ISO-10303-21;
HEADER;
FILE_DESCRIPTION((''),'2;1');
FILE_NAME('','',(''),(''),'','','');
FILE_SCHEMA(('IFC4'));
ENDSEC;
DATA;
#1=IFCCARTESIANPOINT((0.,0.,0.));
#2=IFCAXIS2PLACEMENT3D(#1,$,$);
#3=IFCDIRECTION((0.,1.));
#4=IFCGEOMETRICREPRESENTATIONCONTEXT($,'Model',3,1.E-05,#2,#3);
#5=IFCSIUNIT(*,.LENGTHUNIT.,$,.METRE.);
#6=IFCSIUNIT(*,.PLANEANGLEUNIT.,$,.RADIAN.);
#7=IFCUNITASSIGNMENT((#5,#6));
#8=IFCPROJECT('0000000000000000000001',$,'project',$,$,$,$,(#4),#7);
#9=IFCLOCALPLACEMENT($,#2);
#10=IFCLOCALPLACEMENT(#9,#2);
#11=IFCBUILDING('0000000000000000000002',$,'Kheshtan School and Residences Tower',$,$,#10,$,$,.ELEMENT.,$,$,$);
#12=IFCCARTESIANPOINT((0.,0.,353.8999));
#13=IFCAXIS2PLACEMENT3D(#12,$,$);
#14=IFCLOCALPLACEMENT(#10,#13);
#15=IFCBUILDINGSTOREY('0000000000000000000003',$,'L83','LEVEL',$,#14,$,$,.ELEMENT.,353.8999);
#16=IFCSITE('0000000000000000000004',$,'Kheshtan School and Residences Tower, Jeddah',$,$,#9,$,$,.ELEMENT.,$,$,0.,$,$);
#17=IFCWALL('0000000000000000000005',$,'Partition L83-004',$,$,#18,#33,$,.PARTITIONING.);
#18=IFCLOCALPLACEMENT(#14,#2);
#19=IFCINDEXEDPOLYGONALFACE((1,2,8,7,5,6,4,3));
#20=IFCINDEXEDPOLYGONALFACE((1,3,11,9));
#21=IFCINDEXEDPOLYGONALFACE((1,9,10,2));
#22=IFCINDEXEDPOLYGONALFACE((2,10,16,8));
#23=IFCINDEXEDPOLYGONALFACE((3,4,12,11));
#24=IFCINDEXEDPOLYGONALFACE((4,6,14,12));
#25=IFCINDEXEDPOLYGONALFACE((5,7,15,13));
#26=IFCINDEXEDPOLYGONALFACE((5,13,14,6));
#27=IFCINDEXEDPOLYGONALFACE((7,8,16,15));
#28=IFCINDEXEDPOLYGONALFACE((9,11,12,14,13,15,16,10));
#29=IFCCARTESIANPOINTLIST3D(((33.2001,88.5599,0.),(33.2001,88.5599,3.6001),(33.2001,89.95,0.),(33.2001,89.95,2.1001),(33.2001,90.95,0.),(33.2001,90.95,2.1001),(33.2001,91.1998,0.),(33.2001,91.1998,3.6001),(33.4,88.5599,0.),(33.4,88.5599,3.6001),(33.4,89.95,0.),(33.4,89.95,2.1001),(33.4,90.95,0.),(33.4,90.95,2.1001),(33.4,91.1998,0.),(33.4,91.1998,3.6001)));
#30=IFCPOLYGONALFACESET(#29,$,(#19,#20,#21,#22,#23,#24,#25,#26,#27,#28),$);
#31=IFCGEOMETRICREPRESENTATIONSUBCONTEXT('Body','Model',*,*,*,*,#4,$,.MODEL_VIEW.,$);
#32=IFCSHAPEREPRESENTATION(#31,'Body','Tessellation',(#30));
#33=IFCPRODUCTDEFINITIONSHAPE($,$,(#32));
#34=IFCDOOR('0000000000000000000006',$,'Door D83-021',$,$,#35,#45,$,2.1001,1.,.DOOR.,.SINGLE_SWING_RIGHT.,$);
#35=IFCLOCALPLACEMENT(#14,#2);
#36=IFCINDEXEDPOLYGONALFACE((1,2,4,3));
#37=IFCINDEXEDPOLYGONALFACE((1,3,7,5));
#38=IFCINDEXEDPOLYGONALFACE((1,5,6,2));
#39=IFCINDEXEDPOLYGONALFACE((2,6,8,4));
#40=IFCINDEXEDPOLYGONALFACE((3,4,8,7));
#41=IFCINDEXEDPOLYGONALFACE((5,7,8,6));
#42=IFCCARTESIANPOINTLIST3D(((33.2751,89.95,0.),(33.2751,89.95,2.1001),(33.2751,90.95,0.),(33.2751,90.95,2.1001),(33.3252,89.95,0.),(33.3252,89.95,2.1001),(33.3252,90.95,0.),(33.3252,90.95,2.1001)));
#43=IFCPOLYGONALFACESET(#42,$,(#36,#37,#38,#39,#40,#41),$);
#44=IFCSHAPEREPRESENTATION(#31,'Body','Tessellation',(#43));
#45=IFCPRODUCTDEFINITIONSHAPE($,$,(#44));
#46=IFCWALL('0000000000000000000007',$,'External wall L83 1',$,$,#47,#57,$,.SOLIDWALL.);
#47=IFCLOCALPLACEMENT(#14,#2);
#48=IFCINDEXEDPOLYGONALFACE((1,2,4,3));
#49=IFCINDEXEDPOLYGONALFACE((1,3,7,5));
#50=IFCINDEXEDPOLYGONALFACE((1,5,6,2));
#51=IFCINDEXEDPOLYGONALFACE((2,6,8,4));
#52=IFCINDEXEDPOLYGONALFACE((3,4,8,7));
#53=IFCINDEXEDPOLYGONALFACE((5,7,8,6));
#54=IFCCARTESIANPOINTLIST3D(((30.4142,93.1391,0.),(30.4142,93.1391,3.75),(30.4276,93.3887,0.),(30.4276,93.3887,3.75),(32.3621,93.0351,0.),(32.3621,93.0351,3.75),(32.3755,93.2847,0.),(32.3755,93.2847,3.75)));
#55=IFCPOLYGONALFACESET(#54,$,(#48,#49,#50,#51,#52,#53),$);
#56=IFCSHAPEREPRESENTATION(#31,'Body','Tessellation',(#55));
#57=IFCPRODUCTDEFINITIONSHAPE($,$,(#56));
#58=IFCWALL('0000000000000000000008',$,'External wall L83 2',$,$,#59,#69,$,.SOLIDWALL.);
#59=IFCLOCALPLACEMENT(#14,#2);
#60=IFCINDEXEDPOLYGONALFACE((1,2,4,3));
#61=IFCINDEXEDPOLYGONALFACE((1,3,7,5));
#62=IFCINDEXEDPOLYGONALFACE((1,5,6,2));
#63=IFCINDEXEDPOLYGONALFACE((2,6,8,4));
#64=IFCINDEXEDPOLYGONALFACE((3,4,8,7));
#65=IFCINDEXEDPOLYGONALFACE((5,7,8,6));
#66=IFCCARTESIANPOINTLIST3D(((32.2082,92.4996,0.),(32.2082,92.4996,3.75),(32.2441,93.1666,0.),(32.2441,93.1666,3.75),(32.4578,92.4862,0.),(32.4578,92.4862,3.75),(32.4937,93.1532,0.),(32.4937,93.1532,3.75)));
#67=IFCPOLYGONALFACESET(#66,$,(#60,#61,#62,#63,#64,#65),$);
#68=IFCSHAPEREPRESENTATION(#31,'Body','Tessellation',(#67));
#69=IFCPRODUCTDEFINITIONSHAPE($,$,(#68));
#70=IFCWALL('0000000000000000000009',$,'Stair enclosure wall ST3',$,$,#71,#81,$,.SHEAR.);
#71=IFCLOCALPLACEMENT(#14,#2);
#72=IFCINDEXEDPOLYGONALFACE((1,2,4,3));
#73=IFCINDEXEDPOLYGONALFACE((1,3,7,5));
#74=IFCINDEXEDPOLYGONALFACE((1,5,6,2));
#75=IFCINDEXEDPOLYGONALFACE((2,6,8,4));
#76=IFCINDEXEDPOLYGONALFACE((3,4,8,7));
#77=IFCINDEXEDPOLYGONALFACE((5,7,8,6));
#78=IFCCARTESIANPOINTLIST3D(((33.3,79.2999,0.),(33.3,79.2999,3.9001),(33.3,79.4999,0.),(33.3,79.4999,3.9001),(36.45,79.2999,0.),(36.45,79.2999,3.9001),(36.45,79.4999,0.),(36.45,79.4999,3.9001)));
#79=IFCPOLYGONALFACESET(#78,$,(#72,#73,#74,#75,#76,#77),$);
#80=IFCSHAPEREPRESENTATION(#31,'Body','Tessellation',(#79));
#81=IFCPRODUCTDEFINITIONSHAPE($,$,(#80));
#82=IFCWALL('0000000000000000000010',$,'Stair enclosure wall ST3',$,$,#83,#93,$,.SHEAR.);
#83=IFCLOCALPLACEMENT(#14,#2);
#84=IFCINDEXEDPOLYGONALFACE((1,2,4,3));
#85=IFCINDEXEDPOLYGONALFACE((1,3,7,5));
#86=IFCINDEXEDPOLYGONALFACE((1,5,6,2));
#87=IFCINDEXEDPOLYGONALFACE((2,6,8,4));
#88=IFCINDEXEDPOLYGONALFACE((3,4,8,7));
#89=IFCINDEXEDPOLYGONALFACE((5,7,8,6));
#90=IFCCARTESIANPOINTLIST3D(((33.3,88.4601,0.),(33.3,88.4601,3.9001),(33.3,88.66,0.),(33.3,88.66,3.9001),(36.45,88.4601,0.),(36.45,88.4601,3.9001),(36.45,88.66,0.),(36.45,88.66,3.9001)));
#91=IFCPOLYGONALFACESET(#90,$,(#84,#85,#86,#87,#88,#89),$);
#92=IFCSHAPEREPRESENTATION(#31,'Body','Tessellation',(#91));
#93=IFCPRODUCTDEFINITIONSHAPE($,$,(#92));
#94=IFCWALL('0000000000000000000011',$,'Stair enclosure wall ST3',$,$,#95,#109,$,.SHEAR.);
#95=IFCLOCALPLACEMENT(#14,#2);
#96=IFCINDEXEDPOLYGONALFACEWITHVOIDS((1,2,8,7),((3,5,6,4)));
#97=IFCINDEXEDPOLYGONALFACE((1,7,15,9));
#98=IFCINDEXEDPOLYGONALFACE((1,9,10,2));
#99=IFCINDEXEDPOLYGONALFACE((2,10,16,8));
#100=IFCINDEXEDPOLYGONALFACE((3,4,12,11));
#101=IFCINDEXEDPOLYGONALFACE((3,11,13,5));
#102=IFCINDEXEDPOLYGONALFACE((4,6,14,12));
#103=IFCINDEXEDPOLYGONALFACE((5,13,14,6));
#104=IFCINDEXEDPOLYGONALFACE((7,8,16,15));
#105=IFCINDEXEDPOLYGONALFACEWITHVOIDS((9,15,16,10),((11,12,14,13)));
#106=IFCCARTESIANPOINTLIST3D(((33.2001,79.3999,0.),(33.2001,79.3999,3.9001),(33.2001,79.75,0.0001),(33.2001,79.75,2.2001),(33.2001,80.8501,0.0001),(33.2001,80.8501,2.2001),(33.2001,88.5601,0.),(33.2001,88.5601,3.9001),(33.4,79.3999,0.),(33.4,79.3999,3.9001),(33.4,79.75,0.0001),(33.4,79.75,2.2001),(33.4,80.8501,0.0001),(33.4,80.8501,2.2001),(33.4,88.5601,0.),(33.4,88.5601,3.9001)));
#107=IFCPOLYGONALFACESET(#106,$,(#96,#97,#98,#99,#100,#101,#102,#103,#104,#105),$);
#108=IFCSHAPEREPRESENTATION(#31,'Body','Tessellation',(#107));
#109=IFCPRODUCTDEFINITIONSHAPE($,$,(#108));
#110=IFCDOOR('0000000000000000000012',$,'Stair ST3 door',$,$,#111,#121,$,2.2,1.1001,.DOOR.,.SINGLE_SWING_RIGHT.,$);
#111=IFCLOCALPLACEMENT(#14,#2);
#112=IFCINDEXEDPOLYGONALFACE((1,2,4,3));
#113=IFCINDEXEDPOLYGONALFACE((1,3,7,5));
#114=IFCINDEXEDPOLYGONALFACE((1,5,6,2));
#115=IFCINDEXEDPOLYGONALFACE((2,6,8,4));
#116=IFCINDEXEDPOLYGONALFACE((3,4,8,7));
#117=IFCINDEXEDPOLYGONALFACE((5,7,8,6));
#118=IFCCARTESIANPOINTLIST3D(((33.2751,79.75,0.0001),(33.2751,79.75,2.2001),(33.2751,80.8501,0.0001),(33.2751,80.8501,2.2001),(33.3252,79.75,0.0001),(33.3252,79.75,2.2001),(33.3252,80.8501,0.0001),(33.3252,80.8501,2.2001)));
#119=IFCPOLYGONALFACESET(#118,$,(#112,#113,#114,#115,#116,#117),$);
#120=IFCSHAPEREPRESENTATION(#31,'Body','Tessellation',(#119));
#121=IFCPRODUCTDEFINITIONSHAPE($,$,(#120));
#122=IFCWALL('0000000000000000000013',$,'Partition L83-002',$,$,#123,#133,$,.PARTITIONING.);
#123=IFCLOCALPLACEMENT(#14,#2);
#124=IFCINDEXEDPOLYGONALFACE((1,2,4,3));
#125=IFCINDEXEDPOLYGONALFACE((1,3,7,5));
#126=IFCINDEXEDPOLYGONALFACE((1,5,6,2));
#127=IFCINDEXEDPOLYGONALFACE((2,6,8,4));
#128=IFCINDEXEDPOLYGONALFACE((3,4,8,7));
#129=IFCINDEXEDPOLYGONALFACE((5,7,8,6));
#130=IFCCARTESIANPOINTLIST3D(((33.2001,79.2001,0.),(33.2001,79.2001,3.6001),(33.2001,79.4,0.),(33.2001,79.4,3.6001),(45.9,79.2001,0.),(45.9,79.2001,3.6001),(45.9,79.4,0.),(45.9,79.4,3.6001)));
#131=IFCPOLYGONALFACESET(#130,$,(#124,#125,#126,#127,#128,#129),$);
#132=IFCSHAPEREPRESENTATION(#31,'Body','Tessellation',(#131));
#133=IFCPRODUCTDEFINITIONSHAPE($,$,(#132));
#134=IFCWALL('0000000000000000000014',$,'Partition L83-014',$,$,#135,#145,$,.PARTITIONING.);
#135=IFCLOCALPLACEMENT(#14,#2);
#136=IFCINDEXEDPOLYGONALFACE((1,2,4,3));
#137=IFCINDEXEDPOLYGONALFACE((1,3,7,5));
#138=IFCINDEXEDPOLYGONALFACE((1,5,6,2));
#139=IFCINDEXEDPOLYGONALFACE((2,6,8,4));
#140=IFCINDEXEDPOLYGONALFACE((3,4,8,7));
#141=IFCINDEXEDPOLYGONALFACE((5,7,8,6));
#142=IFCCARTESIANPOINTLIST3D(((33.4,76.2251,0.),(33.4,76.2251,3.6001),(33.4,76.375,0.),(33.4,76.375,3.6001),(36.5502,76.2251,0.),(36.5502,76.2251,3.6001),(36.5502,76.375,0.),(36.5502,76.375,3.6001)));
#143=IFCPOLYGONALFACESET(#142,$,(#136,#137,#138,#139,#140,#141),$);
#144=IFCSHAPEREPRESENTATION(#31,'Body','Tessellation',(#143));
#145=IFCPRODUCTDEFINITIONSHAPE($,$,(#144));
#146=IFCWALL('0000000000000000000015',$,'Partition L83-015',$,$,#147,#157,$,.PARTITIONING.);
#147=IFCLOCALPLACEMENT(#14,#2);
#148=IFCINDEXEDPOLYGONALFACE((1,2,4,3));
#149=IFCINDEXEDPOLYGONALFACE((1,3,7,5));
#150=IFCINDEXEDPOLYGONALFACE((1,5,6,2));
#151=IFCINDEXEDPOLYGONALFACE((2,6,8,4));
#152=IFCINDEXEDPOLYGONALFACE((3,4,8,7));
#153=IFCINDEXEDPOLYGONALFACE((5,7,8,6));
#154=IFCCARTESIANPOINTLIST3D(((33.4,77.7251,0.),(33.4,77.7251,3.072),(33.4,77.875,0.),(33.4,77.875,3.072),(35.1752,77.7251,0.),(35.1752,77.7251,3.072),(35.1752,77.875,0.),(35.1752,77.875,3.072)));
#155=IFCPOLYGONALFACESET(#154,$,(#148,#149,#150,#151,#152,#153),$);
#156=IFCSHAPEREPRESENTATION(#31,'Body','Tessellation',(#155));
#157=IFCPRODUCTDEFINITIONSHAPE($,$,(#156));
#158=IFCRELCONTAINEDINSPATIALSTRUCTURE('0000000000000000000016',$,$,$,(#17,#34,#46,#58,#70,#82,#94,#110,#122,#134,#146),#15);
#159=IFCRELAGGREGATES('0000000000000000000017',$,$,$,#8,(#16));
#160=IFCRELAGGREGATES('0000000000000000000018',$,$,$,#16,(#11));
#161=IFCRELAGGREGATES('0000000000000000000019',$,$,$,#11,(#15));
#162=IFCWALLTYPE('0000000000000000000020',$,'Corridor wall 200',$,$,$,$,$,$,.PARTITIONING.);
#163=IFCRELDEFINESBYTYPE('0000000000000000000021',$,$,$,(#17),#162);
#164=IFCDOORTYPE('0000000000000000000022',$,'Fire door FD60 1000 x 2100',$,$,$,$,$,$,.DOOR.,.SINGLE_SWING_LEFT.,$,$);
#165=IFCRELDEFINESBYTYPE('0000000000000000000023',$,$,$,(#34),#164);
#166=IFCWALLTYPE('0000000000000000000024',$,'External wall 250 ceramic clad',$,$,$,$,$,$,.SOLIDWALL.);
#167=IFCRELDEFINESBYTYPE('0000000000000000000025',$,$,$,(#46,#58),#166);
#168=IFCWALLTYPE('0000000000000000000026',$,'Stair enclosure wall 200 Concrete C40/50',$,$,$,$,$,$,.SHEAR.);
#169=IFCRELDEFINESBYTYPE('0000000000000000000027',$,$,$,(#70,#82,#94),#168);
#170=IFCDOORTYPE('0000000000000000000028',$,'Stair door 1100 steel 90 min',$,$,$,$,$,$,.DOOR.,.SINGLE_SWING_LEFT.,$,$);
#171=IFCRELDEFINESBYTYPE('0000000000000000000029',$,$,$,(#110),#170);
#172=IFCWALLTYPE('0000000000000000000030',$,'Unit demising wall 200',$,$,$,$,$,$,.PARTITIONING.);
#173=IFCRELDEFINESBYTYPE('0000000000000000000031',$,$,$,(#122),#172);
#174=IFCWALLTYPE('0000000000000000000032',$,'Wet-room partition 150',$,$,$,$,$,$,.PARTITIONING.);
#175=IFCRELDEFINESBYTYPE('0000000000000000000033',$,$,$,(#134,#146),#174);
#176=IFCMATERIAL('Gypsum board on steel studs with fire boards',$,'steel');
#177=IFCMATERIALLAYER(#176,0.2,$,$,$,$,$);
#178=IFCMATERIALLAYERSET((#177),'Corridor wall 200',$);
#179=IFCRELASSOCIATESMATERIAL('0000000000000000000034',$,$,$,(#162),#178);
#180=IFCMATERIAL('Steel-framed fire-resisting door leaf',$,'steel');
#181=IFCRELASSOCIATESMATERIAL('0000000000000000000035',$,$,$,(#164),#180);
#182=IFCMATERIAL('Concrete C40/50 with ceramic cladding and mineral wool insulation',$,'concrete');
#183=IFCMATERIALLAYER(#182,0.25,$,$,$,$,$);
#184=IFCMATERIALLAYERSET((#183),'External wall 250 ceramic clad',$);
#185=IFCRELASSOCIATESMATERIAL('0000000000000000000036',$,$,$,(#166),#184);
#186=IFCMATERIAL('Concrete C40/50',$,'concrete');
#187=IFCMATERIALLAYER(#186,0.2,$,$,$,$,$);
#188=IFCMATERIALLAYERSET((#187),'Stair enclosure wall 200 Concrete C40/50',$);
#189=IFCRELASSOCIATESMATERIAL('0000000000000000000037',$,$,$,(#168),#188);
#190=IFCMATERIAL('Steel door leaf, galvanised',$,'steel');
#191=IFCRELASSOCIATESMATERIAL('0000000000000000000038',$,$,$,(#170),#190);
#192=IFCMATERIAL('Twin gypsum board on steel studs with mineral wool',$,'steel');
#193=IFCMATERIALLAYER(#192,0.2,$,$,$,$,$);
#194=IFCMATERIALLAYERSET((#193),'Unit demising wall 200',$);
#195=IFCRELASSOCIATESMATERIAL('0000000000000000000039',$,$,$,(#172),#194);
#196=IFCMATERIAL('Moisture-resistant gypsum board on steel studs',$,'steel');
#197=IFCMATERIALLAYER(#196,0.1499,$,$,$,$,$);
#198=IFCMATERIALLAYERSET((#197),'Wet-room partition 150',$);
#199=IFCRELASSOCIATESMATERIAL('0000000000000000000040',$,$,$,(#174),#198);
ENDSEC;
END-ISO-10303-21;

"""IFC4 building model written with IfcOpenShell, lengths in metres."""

from ifc_helpers import new_model, si_unit, direction, frame, frame_2d, origin, place, context, subcontext, project, spatial, rectangle, extrude, source, transform, mapped, material, layer, layer_set, type_object, element, fill, save


model = new_model("IFC4")

# Units and contexts
model_context = context("Model", 3, precision=1e-05, world=origin(), true_north=direction((0.0, 1.0)))
body_context = subcontext(model_context, "Body", "Model", "MODEL_VIEW")
ifc_project = project(units=[si_unit("LENGTHUNIT", "METRE"), si_unit("PLANEANGLEUNIT", "RADIAN")], contexts=[model_context])

# Site, building, storey
site_placement = place(None, origin())
site = spatial("IfcSite", under=ifc_project, at=site_placement, Name="Kheshtan School and Residences Tower, Jeddah", CompositionType="ELEMENT", RefElevation=0.0)
building_placement = place(site_placement, origin())
building = spatial("IfcBuilding", under=site, at=building_placement, Name="Kheshtan School and Residences Tower", CompositionType="ELEMENT")
storey_placement = place(building_placement, frame((0.0, 0.0, 353.8999)))
storey = spatial("IfcBuildingStorey", under=building, at=storey_placement, Name="L83", Description="LEVEL", CompositionType="ELEMENT", Elevation=353.8999)

# Shared definitions
ifc_material_1 = material(Name="Gypsum board on steel studs with fire boards", Category="steel")
ifc_layer_1 = layer(ifc_material_1, 0.2)
ifc_layer_set_1 = layer_set([ifc_layer_1], Name="Corridor wall 200")
wall_type_1 = type_object("IfcWallType", Name="Corridor wall 200", PredefinedType="PARTITIONING", material=ifc_layer_set_1)

# Wall, opening, door
wall_1_placement = place(storey_placement, frame((33.3, 88.5601, 0.0), z_axis=(0.0, 0.0, 1.0), x_axis=(0.0, 1.0, 0.0)))
wall_1 = element("IfcWall", 1, at=wall_1_placement, inside=storey, type_object=wall_type_1, Name="Partition L83-004", PredefinedType="PARTITIONING", context=body_context, shape_type="SweptSolid", body=[
    extrude(rectangle(XDim=2.6399, YDim=0.2, at=frame_2d((1.3198, 0.0))), origin(), (0.0, 0.0, 1.0), 3.6001),
])
opening_1_placement = place(wall_1_placement, frame((1.3899, 0.0, 0.0)))
opening_1 = element("IfcOpeningElement", 2, at=opening_1_placement, cuts=wall_1, PredefinedType="OPENING", context=body_context, shape_type="SweptSolid", body=[
    extrude(rectangle(XDim=1.0, YDim=2.1001, at=frame_2d((0.5, 1.05))), frame((0.0, 0.1099, 0.0), z_axis=(0.0, -1.0, 0.0), x_axis=(1.0, 0.0, 0.0)), (0.0, 0.0, 1.0), 0.22),
])
ifc_material_2 = material(Name="Steel-framed fire-resisting door leaf", Category="steel")
door_type_1 = type_object("IfcDoorType", Name="Fire door FD60 1000 x 2100", OperationType="SINGLE_SWING_LEFT", PredefinedType="DOOR", material=ifc_material_2)
shared_shape_1 = source(origin(), body_context, "Body", "SweptSolid", [
    extrude(rectangle(XDim=1.0, YDim=2.1001, at=frame_2d((0.5, 1.05))), frame((0.0, 0.0249, 0.0), z_axis=(0.0, -1.0, 0.0), x_axis=(1.0, 0.0, 0.0)), (0.0, 0.0, 1.0), 0.05),
])
door_1_placement = place(opening_1_placement, origin())
door_1 = element("IfcDoor", 3, at=door_1_placement, inside=storey, type_object=door_type_1, Name="Door D83-021", OperationType="SINGLE_SWING_RIGHT", OverallHeight=2.1001, OverallWidth=1.0, PredefinedType="DOOR", context=body_context, shape_type="MappedRepresentation", body=[
    mapped(shared_shape_1, transform((0.0, 0.0, 0.0), x_axis=(1.0, 0.0, 0.0), y_axis=(0.0, 1.0, 0.0), z_axis=(0.0, 0.0, 1.0), scale=1.0)),
])
fill(opening_1, door_1)

# Walls
ifc_material_3 = material(Name="Concrete C40/50 with ceramic cladding and mineral wool insulation", Category="concrete")
ifc_layer_2 = layer(ifc_material_3, 0.25)
ifc_layer_set_2 = layer_set([ifc_layer_2], Name="External wall 250 ceramic clad")
wall_type_2 = type_object("IfcWallType", Name="External wall 250 ceramic clad", PredefinedType="SOLIDWALL", material=ifc_layer_set_2)
wall_2_placement = place(storey_placement, frame((30.4209, 93.2639, 0.0), z_axis=(0.0, 0.0, 1.0), x_axis=(0.998578, -0.053314, 0.0)))
element("IfcWall", 4, at=wall_2_placement, inside=storey, type_object=wall_type_2, Name="External wall L83 1", PredefinedType="SOLIDWALL", context=body_context, shape_type="SweptSolid", body=[
    extrude(rectangle(XDim=1.9507, YDim=0.25, at=frame_2d((0.9753, 0.0))), origin(), (0.0, 0.0, 1.0), 3.75),
])
wall_3_placement = place(storey_placement, frame((32.3689, 93.1599, 0.0), z_axis=(0.0, 0.0, 1.0), x_axis=(-0.053729, -0.998556, 0.0)))
element("IfcWall", 5, at=wall_3_placement, inside=storey, type_object=wall_type_2, Name="External wall L83 2", PredefinedType="SOLIDWALL", context=body_context, shape_type="SweptSolid", body=[
    extrude(rectangle(XDim=0.668, YDim=0.25, at=frame_2d((0.334, 0.0))), origin(), (0.0, 0.0, 1.0), 3.75),
])
ifc_material_4 = material(Name="Concrete C40/50", Category="concrete")
ifc_layer_3 = layer(ifc_material_4, 0.2)
ifc_layer_set_3 = layer_set([ifc_layer_3], Name="Stair enclosure wall 200 Concrete C40/50")
wall_type_3 = type_object("IfcWallType", Name="Stair enclosure wall 200 Concrete C40/50", PredefinedType="SHEAR", material=ifc_layer_set_3)
for number, where, z_axis, x_axis, name in (
    (6, (33.3, 79.3999, 0.0), (0.0, 0.0, 1.0), (1.0, 0.0, 0.0), "Stair enclosure wall ST3"),
    (7, (33.3, 88.5601, 0.0), (0.0, 0.0, 1.0), (1.0, 0.0, 0.0), "Stair enclosure wall ST3"),
):
    element("IfcWall", number, at=place(storey_placement, frame(where, z_axis=z_axis, x_axis=x_axis)), inside=storey, type_object=wall_type_3, Name=name, PredefinedType="SHEAR", context=body_context, shape_type="SweptSolid", body=[
        extrude(rectangle(XDim=3.1499, YDim=0.2, at=frame_2d((1.575, 0.0))), origin(), (0.0, 0.0, 1.0), 3.9001),
    ])

# Wall, opening, door
wall_4_placement = place(storey_placement, frame((33.3, 79.3999, 0.0), z_axis=(0.0, 0.0, 1.0), x_axis=(0.0, 1.0, 0.0)))
wall_4 = element("IfcWall", 8, at=wall_4_placement, inside=storey, type_object=wall_type_3, Name="Stair enclosure wall ST3", PredefinedType="SHEAR", context=body_context, shape_type="SweptSolid", body=[
    extrude(rectangle(XDim=9.1602, YDim=0.2, at=frame_2d((4.5801, 0.0))), origin(), (0.0, 0.0, 1.0), 3.9001),
])
opening_2_placement = place(wall_4_placement, frame((0.3501, 0.0, 0.0)))
opening_2 = element("IfcOpeningElement", 9, at=opening_2_placement, cuts=wall_4, PredefinedType="OPENING", context=body_context, shape_type="SweptSolid", body=[
    extrude(rectangle(XDim=1.1001, YDim=2.2, at=frame_2d((0.55, 1.1001))), frame((0.0, 0.1099, 0.0), z_axis=(0.0, -1.0, 0.0), x_axis=(1.0, 0.0, 0.0)), (0.0, 0.0, 1.0), 0.22),
])
ifc_material_5 = material(Name="Steel door leaf, galvanised", Category="steel")
door_type_2 = type_object("IfcDoorType", Name="Stair door 1100 steel 90 min", OperationType="SINGLE_SWING_LEFT", PredefinedType="DOOR", material=ifc_material_5)
shared_shape_2 = source(origin(), body_context, "Body", "SweptSolid", [
    extrude(rectangle(XDim=1.1001, YDim=2.2, at=frame_2d((0.55, 1.1001))), frame((0.0, 0.0249, 0.0), z_axis=(0.0, -1.0, 0.0), x_axis=(1.0, 0.0, 0.0)), (0.0, 0.0, 1.0), 0.05),
])
door_2_placement = place(opening_2_placement, origin())
door_2 = element("IfcDoor", 10, at=door_2_placement, inside=storey, type_object=door_type_2, Name="Stair ST3 door", OperationType="SINGLE_SWING_RIGHT", OverallHeight=2.2, OverallWidth=1.1001, PredefinedType="DOOR", context=body_context, shape_type="MappedRepresentation", body=[
    mapped(shared_shape_2, transform((0.0, 0.0, 0.0), x_axis=(1.0, 0.0, 0.0), y_axis=(0.0, 1.0, 0.0), z_axis=(0.0, 0.0, 1.0), scale=1.0)),
])
fill(opening_2, door_2)

# Walls
ifc_material_6 = material(Name="Twin gypsum board on steel studs with mineral wool", Category="steel")
ifc_layer_4 = layer(ifc_material_6, 0.2)
ifc_layer_set_4 = layer_set([ifc_layer_4], Name="Unit demising wall 200")
wall_type_4 = type_object("IfcWallType", Name="Unit demising wall 200", PredefinedType="PARTITIONING", material=ifc_layer_set_4)
wall_5_placement = place(storey_placement, frame((33.2, 79.3, 0.0), z_axis=(0.0, 0.0, 1.0), x_axis=(1.0, 0.0, 0.0)))
element("IfcWall", 11, at=wall_5_placement, inside=storey, type_object=wall_type_4, Name="Partition L83-002", PredefinedType="PARTITIONING", context=body_context, shape_type="SweptSolid", body=[
    extrude(rectangle(XDim=12.7, YDim=0.2, at=frame_2d((6.3501, 0.0))), origin(), (0.0, 0.0, 1.0), 3.6001),
])
ifc_material_7 = material(Name="Moisture-resistant gypsum board on steel studs", Category="steel")
ifc_layer_5 = layer(ifc_material_7, 0.1499)
ifc_layer_set_5 = layer_set([ifc_layer_5], Name="Wet-room partition 150")
wall_type_5 = type_object("IfcWallType", Name="Wet-room partition 150", PredefinedType="PARTITIONING", material=ifc_layer_set_5)
wall_6_placement = place(storey_placement, frame((33.3999, 76.3, 0.0), z_axis=(0.0, 0.0, 1.0), x_axis=(1.0, 0.0, 0.0)))
element("IfcWall", 12, at=wall_6_placement, inside=storey, type_object=wall_type_5, Name="Partition L83-014", PredefinedType="PARTITIONING", context=body_context, shape_type="SweptSolid", body=[
    extrude(rectangle(XDim=3.1501, YDim=0.1499, at=frame_2d((1.5752, 0.0))), origin(), (0.0, 0.0, 1.0), 3.6001),
])
wall_7_placement = place(storey_placement, frame((33.3999, 77.8, 0.0), z_axis=(0.0, 0.0, 1.0), x_axis=(1.0, 0.0, 0.0)))
element("IfcWall", 13, at=wall_7_placement, inside=storey, type_object=wall_type_5, Name="Partition L83-015", PredefinedType="PARTITIONING", context=body_context, shape_type="SweptSolid", body=[
    extrude(rectangle(XDim=1.7751, YDim=0.1499, at=frame_2d((0.8877, 0.0))), origin(), (0.0, 0.0, 1.0), 3.072),
])

save(model, "model.ifc")
